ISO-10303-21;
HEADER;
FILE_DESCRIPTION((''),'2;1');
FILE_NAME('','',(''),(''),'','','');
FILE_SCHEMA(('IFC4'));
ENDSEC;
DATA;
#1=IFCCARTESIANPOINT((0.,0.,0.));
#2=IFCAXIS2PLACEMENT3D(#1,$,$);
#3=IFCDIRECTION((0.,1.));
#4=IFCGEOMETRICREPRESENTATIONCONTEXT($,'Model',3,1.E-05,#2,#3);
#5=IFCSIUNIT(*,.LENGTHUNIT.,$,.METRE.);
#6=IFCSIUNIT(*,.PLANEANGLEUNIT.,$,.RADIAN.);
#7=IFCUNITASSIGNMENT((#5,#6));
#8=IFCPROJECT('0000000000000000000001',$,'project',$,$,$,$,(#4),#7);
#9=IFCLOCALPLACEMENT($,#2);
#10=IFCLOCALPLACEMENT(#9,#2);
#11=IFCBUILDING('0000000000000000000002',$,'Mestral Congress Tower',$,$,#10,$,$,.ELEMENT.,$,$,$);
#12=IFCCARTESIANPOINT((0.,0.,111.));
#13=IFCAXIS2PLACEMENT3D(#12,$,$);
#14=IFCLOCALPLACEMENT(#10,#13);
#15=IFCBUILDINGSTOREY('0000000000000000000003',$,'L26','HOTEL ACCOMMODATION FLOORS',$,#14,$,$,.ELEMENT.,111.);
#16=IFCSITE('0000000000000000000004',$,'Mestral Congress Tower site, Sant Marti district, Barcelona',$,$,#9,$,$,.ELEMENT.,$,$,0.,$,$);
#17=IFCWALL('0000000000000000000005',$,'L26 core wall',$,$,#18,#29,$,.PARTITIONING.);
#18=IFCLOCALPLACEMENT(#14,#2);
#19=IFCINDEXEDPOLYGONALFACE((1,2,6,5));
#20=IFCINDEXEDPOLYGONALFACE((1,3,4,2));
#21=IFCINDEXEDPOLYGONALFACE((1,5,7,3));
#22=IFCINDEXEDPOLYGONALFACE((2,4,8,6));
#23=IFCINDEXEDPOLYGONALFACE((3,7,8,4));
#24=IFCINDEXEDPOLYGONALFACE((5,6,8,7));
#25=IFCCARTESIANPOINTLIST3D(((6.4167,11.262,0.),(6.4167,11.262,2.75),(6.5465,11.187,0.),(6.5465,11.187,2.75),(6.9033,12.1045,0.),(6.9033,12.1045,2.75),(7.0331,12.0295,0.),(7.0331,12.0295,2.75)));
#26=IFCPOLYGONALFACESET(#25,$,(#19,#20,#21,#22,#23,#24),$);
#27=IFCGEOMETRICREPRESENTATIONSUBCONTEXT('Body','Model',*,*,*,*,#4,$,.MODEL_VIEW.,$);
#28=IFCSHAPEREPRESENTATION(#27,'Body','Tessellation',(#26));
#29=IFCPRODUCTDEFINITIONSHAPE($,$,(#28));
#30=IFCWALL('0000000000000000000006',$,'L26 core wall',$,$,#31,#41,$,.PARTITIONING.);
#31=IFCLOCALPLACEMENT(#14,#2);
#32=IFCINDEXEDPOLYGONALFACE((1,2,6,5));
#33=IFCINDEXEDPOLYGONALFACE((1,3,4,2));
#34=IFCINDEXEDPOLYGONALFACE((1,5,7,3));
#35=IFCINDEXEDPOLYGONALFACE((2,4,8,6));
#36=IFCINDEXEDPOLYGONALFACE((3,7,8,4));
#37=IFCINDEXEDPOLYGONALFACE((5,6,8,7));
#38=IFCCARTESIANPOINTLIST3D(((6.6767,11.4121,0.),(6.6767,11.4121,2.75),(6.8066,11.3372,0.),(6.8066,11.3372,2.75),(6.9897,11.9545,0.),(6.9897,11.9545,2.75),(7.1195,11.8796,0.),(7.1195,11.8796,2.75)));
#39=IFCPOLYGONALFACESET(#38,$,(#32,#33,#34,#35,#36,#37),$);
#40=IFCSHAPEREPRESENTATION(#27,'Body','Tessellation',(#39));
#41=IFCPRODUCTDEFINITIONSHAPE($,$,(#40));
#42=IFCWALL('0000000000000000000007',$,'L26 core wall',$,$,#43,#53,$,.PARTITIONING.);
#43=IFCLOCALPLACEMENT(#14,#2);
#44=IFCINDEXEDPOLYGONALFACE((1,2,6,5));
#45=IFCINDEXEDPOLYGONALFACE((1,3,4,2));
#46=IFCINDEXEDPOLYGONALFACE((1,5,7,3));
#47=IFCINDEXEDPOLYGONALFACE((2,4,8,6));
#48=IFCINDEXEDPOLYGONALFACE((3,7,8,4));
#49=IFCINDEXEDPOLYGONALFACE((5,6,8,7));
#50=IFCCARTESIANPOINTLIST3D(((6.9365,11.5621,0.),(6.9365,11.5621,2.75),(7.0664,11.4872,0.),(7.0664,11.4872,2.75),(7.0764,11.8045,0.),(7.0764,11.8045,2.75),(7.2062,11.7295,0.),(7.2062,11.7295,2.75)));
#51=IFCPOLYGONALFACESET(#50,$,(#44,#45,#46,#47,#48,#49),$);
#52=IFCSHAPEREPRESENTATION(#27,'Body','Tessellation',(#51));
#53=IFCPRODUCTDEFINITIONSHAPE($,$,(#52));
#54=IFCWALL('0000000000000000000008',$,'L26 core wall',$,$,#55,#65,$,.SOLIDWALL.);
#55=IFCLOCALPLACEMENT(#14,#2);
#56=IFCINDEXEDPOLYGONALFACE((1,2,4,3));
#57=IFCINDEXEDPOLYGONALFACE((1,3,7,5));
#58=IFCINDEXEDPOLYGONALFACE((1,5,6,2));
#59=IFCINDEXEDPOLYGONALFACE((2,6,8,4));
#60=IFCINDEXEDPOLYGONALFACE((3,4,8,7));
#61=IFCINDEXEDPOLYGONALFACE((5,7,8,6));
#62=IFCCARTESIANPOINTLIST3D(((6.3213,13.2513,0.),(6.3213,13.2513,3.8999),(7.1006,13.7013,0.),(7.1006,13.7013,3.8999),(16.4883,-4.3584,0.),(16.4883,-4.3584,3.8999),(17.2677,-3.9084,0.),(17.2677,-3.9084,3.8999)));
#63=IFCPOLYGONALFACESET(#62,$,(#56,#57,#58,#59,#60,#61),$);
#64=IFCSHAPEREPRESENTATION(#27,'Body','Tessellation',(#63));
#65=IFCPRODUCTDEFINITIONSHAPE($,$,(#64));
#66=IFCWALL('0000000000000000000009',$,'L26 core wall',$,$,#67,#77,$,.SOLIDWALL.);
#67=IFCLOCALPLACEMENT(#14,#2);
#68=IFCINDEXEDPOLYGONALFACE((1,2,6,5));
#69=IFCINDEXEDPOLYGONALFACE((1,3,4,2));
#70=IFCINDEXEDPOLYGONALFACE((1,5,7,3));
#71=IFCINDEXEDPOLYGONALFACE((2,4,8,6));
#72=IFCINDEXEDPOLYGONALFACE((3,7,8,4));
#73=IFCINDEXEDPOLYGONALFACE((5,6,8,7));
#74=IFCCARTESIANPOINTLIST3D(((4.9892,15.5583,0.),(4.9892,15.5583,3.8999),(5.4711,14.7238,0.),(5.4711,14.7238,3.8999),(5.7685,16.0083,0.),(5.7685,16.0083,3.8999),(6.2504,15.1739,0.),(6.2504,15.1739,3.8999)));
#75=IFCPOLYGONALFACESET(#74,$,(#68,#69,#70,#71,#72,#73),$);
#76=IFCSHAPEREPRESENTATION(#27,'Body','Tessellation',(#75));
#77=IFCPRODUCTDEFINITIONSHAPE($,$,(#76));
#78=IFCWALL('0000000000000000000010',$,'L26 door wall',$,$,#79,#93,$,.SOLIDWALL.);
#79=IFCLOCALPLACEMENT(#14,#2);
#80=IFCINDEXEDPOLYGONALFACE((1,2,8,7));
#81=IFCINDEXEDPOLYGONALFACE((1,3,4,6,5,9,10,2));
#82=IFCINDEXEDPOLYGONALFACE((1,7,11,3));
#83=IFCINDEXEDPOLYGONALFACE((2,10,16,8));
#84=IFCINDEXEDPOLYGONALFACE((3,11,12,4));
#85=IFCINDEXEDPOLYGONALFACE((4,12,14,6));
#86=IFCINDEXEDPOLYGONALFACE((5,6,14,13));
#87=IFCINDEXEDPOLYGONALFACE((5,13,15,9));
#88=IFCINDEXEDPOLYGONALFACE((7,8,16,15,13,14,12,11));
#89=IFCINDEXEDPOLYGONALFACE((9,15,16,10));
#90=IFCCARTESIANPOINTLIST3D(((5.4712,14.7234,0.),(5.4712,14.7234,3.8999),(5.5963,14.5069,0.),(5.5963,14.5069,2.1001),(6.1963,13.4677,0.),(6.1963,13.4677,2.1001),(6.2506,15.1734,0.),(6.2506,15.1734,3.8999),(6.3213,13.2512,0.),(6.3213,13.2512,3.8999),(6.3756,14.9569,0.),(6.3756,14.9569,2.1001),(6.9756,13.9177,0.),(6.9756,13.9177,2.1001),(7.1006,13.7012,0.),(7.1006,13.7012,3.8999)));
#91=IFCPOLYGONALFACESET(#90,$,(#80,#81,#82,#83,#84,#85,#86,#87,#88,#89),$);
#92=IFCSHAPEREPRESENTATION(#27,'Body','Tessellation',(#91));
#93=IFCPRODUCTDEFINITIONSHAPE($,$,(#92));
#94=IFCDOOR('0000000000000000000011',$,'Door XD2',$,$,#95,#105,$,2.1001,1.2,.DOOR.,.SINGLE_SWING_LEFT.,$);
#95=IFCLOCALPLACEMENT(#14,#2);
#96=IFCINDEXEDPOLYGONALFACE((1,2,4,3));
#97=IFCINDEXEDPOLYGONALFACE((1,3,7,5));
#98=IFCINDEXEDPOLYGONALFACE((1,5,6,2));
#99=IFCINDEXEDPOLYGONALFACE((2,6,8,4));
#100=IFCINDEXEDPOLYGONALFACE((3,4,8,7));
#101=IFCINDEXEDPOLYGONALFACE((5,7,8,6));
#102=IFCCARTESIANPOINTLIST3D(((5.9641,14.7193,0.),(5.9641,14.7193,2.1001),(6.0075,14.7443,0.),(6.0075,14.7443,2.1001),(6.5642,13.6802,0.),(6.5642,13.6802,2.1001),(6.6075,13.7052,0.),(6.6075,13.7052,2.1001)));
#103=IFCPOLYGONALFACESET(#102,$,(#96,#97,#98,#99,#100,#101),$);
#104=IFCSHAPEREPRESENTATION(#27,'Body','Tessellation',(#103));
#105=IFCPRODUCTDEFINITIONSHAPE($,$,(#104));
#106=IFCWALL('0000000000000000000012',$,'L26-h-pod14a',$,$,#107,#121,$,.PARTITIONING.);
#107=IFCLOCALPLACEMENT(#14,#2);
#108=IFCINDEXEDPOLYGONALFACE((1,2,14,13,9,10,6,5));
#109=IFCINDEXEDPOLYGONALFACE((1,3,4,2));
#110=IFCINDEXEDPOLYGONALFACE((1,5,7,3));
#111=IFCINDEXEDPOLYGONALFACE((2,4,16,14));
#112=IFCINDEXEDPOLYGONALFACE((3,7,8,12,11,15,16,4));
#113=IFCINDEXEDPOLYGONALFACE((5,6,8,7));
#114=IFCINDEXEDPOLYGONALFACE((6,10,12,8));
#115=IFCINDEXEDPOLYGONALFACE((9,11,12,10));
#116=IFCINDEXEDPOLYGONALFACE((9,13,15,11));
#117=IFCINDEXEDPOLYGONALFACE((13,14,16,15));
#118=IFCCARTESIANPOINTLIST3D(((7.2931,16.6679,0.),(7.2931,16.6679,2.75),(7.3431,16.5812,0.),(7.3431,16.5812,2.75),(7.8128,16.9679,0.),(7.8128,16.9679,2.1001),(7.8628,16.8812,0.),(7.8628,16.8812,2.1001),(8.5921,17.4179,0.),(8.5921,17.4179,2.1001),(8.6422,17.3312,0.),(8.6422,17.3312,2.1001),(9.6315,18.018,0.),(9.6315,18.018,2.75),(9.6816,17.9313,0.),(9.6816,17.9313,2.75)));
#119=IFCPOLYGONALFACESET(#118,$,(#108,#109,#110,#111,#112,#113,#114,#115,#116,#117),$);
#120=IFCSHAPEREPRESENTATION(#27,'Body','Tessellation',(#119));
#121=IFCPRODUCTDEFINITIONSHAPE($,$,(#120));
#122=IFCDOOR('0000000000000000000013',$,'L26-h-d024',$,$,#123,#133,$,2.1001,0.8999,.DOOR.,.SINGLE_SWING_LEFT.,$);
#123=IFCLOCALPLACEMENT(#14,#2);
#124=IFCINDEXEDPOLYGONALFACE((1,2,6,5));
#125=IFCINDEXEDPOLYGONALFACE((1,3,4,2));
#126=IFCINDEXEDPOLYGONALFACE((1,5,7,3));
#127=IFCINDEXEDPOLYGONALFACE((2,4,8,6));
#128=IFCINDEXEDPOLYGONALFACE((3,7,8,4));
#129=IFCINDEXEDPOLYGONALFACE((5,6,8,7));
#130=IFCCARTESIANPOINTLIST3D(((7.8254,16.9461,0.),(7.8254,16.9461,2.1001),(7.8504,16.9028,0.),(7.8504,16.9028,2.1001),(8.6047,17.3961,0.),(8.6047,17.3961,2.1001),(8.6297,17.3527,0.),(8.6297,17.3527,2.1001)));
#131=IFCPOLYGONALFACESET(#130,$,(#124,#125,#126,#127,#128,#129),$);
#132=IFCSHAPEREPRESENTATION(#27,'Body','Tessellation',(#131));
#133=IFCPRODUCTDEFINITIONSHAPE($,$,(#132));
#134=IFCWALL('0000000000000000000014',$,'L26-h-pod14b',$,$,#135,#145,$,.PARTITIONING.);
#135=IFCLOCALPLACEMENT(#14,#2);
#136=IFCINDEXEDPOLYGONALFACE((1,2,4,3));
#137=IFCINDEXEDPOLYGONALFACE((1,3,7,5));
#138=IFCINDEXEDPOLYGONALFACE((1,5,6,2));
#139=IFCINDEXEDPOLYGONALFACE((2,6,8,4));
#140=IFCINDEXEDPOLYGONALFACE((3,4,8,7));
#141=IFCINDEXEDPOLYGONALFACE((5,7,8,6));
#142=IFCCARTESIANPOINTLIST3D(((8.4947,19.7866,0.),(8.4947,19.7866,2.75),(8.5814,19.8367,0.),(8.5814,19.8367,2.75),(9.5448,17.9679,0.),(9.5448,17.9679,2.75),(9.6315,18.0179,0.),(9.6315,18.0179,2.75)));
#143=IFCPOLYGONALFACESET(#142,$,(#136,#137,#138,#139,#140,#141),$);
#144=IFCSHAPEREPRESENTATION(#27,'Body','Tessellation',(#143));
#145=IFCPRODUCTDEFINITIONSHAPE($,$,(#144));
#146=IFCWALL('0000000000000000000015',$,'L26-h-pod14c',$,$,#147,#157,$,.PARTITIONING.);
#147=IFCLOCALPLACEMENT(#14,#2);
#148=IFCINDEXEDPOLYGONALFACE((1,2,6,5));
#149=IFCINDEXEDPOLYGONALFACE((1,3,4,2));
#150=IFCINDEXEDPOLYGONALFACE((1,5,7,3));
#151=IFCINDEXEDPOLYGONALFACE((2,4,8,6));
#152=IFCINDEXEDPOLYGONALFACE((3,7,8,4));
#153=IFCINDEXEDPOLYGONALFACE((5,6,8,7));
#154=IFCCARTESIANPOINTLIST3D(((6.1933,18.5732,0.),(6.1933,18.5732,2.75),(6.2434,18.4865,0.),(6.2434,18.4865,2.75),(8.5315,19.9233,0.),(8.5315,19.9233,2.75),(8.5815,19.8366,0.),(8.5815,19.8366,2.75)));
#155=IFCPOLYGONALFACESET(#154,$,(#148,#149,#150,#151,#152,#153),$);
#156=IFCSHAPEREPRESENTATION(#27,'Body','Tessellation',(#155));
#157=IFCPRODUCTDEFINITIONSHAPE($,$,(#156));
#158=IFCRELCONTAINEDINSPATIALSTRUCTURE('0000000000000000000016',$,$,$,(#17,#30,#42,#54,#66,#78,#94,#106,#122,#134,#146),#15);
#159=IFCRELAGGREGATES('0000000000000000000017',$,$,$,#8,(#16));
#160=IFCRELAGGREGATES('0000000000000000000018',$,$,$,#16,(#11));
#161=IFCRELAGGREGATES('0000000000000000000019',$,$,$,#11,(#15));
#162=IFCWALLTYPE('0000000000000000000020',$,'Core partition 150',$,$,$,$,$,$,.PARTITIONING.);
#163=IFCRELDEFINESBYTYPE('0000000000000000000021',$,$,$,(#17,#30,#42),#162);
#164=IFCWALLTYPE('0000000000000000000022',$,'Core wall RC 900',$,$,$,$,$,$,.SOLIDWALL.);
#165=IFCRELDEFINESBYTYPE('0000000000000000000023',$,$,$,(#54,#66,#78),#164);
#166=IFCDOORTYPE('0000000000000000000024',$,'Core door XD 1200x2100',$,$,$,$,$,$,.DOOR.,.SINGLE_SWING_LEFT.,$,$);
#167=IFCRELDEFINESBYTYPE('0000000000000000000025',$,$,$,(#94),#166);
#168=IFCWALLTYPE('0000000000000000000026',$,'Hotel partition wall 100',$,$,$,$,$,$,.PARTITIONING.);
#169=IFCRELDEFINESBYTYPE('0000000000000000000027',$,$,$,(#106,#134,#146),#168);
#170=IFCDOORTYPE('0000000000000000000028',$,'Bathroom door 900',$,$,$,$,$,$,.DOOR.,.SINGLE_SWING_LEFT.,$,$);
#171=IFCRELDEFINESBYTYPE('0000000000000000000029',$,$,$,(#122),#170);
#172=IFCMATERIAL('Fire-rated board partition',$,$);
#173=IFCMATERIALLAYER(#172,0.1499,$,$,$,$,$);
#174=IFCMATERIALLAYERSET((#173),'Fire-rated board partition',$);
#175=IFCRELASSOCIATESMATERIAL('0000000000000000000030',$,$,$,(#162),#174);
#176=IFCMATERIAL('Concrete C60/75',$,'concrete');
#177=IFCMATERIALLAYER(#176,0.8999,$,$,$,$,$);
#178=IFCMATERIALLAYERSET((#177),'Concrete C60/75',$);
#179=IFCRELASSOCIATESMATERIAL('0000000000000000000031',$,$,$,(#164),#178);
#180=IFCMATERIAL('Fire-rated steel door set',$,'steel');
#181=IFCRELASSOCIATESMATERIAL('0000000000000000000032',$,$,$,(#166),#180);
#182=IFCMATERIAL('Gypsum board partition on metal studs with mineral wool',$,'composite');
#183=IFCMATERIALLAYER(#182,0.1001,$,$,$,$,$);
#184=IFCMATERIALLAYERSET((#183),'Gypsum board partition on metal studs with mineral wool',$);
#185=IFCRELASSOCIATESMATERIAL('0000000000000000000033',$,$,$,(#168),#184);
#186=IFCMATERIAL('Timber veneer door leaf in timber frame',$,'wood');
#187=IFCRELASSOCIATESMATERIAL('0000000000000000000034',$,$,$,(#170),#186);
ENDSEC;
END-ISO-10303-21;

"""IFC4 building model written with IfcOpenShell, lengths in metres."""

from ifc_helpers import new_model, si_unit, direction, frame, frame_2d, origin, place, context, subcontext, project, spatial, rectangle, extrude, material, layer, layer_set, type_object, element, fill, save


model = new_model("IFC4")

# Units and contexts
model_context = context("Model", 3, precision=1e-05, world=origin(), true_north=direction((0.0, 1.0)))
body_context = subcontext(model_context, "Body", "Model", "MODEL_VIEW")
ifc_project = project(units=[si_unit("LENGTHUNIT", "METRE"), si_unit("PLANEANGLEUNIT", "RADIAN")], contexts=[model_context])

# Site, building, storey
site_placement = place(None, origin())
site = spatial("IfcSite", under=ifc_project, at=site_placement, Name="Mestral Congress Tower site, Sant Marti district, Barcelona", CompositionType="ELEMENT", RefElevation=0.0)
building_placement = place(site_placement, origin())
building = spatial("IfcBuilding", under=site, at=building_placement, Name="Mestral Congress Tower", CompositionType="ELEMENT")
storey_placement = place(building_placement, frame((0.0, 0.0, 111.0)))
storey = spatial("IfcBuildingStorey", under=building, at=storey_placement, Name="L26", Description="HOTEL ACCOMMODATION FLOORS", CompositionType="ELEMENT", Elevation=111.0)

# Walls
ifc_material_1 = material(Name="Fire-rated board partition")
ifc_layer_1 = layer(ifc_material_1, 0.1499)
ifc_layer_set_1 = layer_set([ifc_layer_1], Name="Fire-rated board partition")
wall_type_1 = type_object("IfcWallType", Name="Core partition 150", PredefinedType="PARTITIONING", material=ifc_layer_set_1)
wall_1_placement = place(storey_placement, frame((6.4817, 11.2246, 0.0), z_axis=(0.0, 0.0, 1.0), x_axis=(0.500106, 0.865964, 0.0)))
element("IfcWall", 1, at=wall_1_placement, inside=storey, type_object=wall_type_1, Name="L26 core wall", PredefinedType="PARTITIONING", context=body_context, shape_type="SweptSolid", body=[
    extrude(rectangle(XDim=0.9729, YDim=0.1499, at=frame_2d((0.4863, 0.0))), origin(), (0.0, 0.0, 1.0), 2.75),
])
wall_2_placement = place(storey_placement, frame((6.7417, 11.3748, 0.0), z_axis=(0.0, 0.0, 1.0), x_axis=(0.499745, 0.866173, 0.0)))
element("IfcWall", 2, at=wall_2_placement, inside=storey, type_object=wall_type_1, Name="L26 core wall", PredefinedType="PARTITIONING", context=body_context, shape_type="SweptSolid", body=[
    extrude(rectangle(XDim=0.6262, YDim=0.1499, at=frame_2d((0.313, 0.0))), origin(), (0.0, 0.0, 1.0), 2.75),
])
wall_3_placement = place(storey_placement, frame((7.0015, 11.5247, 0.0), z_axis=(0.0, 0.0, 1.0), x_axis=(0.499798, 0.866142, 0.0)))
element("IfcWall", 3, at=wall_3_placement, inside=storey, type_object=wall_type_1, Name="L26 core wall", PredefinedType="PARTITIONING", context=body_context, shape_type="SweptSolid", body=[
    extrude(rectangle(XDim=0.2798, YDim=0.1499, at=frame_2d((0.1399, 0.0))), origin(), (0.0, 0.0, 1.0), 2.75),
])
ifc_material_2 = material(Name="Concrete C60/75", Category="concrete")
ifc_layer_2 = layer(ifc_material_2, 0.8999)
ifc_layer_set_2 = layer_set([ifc_layer_2], Name="Concrete C60/75")
wall_type_2 = type_object("IfcWallType", Name="Core wall RC 900", PredefinedType="SOLIDWALL", material=ifc_layer_set_2)
wall_4_placement = place(storey_placement, frame((6.7109, 13.4763, 0.0), z_axis=(0.0, 0.0, 1.0), x_axis=(0.500003, -0.866024, 0.0)))
element("IfcWall", 4, at=wall_4_placement, inside=storey, type_object=wall_type_2, Name="L26 core wall", PredefinedType="SOLIDWALL", context=body_context, shape_type="SweptSolid", body=[
    extrude(rectangle(XDim=20.334, YDim=0.8999, at=frame_2d((10.167, 0.0))), origin(), (0.0, 0.0, 1.0), 3.8999),
])
wall_5_placement = place(storey_placement, frame((5.8608, 14.9487, 0.0), z_axis=(0.0, 0.0, 1.0), x_axis=(-0.500117, 0.865958, 0.0)))
element("IfcWall", 5, at=wall_5_placement, inside=storey, type_object=wall_type_2, Name="L26 core wall", PredefinedType="SOLIDWALL", context=body_context, shape_type="SweptSolid", body=[
    extrude(rectangle(XDim=0.9636, YDim=0.8999, at=frame_2d((0.4819, 0.0))), origin(), (0.0, 0.0, 1.0), 3.8999),
])

# Walls, openings, doors
wall_6_placement = place(storey_placement, frame((5.8608, 14.9485, 0.0), z_axis=(0.0, 0.0, 1.0), x_axis=(0.500062, -0.865989, 0.0)))
wall_6 = element("IfcWall", 6, at=wall_6_placement, inside=storey, type_object=wall_type_2, Name="L26 door wall", PredefinedType="SOLIDWALL", context=body_context, shape_type="SweptSolid", body=[
    extrude(rectangle(XDim=1.7, YDim=0.8999, at=frame_2d((0.8501, 0.0))), origin(), (0.0, 0.0, 1.0), 3.8999),
])
opening_1_placement = place(wall_6_placement, frame((0.25, 0.0, 0.0)))
opening_1 = element("IfcOpeningElement", 7, at=opening_1_placement, cuts=wall_6, PredefinedType="OPENING", context=body_context, shape_type="SweptSolid", body=[
    extrude(rectangle(XDim=1.2, YDim=2.1001, at=frame_2d((0.6001, 1.05))), frame((0.0, 0.46, 0.0), z_axis=(0.0, -1.0, 0.0), x_axis=(1.0, 0.0, 0.0)), (0.0, 0.0, 1.0), 0.9199),
])
ifc_material_3 = material(Name="Fire-rated steel door set", Category="steel")
door_type_1 = type_object("IfcDoorType", Name="Core door XD 1200x2100", OperationType="SINGLE_SWING_LEFT", PredefinedType="DOOR", material=ifc_material_3)
door_1_placement = place(opening_1_placement, origin())
door_1 = element("IfcDoor", 8, at=door_1_placement, inside=storey, type_object=door_type_1, Name="Door XD2", OperationType="SINGLE_SWING_LEFT", OverallHeight=2.1001, OverallWidth=1.2, PredefinedType="DOOR", context=body_context, shape_type="SweptSolid", body=[
    extrude(rectangle(XDim=1.2, YDim=2.1001, at=frame_2d((0.6001, 1.05))), frame((0.0, 0.0249, 0.0), z_axis=(0.0, -1.0, 0.0), x_axis=(1.0, 0.0, 0.0)), (0.0, 0.0, 1.0), 0.05),
])
fill(opening_1, door_1)
ifc_material_4 = material(Name="Gypsum board partition on metal studs with mineral wool", Category="composite")
ifc_layer_3 = layer(ifc_material_4, 0.1001)
ifc_layer_set_3 = layer_set([ifc_layer_3], Name="Gypsum board partition on metal studs with mineral wool")
wall_type_3 = type_object("IfcWallType", Name="Hotel partition wall 100", PredefinedType="PARTITIONING", material=ifc_layer_set_3)
wall_7_placement = place(storey_placement, frame((7.3181, 16.6245, 0.0), z_axis=(0.0, 0.0, 1.0), x_axis=(0.86602, 0.500009, 0.0)))
wall_7 = element("IfcWall", 9, at=wall_7_placement, inside=storey, type_object=wall_type_3, Name="L26-h-pod14a", PredefinedType="PARTITIONING", context=body_context, shape_type="SweptSolid", body=[
    extrude(rectangle(XDim=2.7002, YDim=0.1001, at=frame_2d((1.3501, 0.0))), origin(), (0.0, 0.0, 1.0), 2.75),
])
opening_2_placement = place(wall_7_placement, frame((0.6001, 0.0, 0.0)))
opening_2 = element("IfcOpeningElement", 10, at=opening_2_placement, cuts=wall_7, PredefinedType="OPENING", context=body_context, shape_type="SweptSolid", body=[
    extrude(rectangle(XDim=0.8999, YDim=2.1001, at=frame_2d((0.45, 1.05))), frame((0.0, 0.0601, 0.0), z_axis=(0.0, -1.0, 0.0), x_axis=(1.0, 0.0, 0.0)), (0.0, 0.0, 1.0), 0.1201),
])
ifc_material_5 = material(Name="Timber veneer door leaf in timber frame", Category="wood")
door_type_2 = type_object("IfcDoorType", Name="Bathroom door 900", OperationType="SINGLE_SWING_LEFT", PredefinedType="DOOR", material=ifc_material_5)
door_2_placement = place(opening_2_placement, origin())
door_2 = element("IfcDoor", 11, at=door_2_placement, inside=storey, type_object=door_type_2, Name="L26-h-d024", OperationType="SINGLE_SWING_LEFT", OverallHeight=2.1001, OverallWidth=0.8999, PredefinedType="DOOR", context=body_context, shape_type="SweptSolid", body=[
    extrude(rectangle(XDim=0.8999, YDim=2.1001, at=frame_2d((0.45, 1.05))), frame((0.0, 0.0249, 0.0), z_axis=(0.0, -1.0, 0.0), x_axis=(1.0, 0.0, 0.0)), (0.0, 0.0, 1.0), 0.05),
])
fill(opening_2, door_2)

# Walls
wall_8_placement = place(storey_placement, frame((9.5881, 17.9929, 0.0), z_axis=(0.0, 0.0, 1.0), x_axis=(-0.500028, 0.866009, 0.0)))
element("IfcWall", 12, at=wall_8_placement, inside=storey, type_object=wall_type_3, Name="L26-h-pod14b", PredefinedType="PARTITIONING", context=body_context, shape_type="SweptSolid", body=[
    extrude(rectangle(XDim=2.1001, YDim=0.1001, at=frame_2d((1.05, 0.0))), origin(), (0.0, 0.0, 1.0), 2.75),
])
wall_9_placement = place(storey_placement, frame((6.2183, 18.5298, 0.0), z_axis=(0.0, 0.0, 1.0), x_axis=(0.865997, 0.500049, 0.0)))
element("IfcWall", 13, at=wall_9_placement, inside=storey, type_object=wall_type_3, Name="L26-h-pod14c", PredefinedType="PARTITIONING", context=body_context, shape_type="SweptSolid", body=[
    extrude(rectangle(XDim=2.7, YDim=0.1001, at=frame_2d((1.3501, 0.0))), origin(), (0.0, 0.0, 1.0), 2.75),
])

save(model, "model.ifc")
